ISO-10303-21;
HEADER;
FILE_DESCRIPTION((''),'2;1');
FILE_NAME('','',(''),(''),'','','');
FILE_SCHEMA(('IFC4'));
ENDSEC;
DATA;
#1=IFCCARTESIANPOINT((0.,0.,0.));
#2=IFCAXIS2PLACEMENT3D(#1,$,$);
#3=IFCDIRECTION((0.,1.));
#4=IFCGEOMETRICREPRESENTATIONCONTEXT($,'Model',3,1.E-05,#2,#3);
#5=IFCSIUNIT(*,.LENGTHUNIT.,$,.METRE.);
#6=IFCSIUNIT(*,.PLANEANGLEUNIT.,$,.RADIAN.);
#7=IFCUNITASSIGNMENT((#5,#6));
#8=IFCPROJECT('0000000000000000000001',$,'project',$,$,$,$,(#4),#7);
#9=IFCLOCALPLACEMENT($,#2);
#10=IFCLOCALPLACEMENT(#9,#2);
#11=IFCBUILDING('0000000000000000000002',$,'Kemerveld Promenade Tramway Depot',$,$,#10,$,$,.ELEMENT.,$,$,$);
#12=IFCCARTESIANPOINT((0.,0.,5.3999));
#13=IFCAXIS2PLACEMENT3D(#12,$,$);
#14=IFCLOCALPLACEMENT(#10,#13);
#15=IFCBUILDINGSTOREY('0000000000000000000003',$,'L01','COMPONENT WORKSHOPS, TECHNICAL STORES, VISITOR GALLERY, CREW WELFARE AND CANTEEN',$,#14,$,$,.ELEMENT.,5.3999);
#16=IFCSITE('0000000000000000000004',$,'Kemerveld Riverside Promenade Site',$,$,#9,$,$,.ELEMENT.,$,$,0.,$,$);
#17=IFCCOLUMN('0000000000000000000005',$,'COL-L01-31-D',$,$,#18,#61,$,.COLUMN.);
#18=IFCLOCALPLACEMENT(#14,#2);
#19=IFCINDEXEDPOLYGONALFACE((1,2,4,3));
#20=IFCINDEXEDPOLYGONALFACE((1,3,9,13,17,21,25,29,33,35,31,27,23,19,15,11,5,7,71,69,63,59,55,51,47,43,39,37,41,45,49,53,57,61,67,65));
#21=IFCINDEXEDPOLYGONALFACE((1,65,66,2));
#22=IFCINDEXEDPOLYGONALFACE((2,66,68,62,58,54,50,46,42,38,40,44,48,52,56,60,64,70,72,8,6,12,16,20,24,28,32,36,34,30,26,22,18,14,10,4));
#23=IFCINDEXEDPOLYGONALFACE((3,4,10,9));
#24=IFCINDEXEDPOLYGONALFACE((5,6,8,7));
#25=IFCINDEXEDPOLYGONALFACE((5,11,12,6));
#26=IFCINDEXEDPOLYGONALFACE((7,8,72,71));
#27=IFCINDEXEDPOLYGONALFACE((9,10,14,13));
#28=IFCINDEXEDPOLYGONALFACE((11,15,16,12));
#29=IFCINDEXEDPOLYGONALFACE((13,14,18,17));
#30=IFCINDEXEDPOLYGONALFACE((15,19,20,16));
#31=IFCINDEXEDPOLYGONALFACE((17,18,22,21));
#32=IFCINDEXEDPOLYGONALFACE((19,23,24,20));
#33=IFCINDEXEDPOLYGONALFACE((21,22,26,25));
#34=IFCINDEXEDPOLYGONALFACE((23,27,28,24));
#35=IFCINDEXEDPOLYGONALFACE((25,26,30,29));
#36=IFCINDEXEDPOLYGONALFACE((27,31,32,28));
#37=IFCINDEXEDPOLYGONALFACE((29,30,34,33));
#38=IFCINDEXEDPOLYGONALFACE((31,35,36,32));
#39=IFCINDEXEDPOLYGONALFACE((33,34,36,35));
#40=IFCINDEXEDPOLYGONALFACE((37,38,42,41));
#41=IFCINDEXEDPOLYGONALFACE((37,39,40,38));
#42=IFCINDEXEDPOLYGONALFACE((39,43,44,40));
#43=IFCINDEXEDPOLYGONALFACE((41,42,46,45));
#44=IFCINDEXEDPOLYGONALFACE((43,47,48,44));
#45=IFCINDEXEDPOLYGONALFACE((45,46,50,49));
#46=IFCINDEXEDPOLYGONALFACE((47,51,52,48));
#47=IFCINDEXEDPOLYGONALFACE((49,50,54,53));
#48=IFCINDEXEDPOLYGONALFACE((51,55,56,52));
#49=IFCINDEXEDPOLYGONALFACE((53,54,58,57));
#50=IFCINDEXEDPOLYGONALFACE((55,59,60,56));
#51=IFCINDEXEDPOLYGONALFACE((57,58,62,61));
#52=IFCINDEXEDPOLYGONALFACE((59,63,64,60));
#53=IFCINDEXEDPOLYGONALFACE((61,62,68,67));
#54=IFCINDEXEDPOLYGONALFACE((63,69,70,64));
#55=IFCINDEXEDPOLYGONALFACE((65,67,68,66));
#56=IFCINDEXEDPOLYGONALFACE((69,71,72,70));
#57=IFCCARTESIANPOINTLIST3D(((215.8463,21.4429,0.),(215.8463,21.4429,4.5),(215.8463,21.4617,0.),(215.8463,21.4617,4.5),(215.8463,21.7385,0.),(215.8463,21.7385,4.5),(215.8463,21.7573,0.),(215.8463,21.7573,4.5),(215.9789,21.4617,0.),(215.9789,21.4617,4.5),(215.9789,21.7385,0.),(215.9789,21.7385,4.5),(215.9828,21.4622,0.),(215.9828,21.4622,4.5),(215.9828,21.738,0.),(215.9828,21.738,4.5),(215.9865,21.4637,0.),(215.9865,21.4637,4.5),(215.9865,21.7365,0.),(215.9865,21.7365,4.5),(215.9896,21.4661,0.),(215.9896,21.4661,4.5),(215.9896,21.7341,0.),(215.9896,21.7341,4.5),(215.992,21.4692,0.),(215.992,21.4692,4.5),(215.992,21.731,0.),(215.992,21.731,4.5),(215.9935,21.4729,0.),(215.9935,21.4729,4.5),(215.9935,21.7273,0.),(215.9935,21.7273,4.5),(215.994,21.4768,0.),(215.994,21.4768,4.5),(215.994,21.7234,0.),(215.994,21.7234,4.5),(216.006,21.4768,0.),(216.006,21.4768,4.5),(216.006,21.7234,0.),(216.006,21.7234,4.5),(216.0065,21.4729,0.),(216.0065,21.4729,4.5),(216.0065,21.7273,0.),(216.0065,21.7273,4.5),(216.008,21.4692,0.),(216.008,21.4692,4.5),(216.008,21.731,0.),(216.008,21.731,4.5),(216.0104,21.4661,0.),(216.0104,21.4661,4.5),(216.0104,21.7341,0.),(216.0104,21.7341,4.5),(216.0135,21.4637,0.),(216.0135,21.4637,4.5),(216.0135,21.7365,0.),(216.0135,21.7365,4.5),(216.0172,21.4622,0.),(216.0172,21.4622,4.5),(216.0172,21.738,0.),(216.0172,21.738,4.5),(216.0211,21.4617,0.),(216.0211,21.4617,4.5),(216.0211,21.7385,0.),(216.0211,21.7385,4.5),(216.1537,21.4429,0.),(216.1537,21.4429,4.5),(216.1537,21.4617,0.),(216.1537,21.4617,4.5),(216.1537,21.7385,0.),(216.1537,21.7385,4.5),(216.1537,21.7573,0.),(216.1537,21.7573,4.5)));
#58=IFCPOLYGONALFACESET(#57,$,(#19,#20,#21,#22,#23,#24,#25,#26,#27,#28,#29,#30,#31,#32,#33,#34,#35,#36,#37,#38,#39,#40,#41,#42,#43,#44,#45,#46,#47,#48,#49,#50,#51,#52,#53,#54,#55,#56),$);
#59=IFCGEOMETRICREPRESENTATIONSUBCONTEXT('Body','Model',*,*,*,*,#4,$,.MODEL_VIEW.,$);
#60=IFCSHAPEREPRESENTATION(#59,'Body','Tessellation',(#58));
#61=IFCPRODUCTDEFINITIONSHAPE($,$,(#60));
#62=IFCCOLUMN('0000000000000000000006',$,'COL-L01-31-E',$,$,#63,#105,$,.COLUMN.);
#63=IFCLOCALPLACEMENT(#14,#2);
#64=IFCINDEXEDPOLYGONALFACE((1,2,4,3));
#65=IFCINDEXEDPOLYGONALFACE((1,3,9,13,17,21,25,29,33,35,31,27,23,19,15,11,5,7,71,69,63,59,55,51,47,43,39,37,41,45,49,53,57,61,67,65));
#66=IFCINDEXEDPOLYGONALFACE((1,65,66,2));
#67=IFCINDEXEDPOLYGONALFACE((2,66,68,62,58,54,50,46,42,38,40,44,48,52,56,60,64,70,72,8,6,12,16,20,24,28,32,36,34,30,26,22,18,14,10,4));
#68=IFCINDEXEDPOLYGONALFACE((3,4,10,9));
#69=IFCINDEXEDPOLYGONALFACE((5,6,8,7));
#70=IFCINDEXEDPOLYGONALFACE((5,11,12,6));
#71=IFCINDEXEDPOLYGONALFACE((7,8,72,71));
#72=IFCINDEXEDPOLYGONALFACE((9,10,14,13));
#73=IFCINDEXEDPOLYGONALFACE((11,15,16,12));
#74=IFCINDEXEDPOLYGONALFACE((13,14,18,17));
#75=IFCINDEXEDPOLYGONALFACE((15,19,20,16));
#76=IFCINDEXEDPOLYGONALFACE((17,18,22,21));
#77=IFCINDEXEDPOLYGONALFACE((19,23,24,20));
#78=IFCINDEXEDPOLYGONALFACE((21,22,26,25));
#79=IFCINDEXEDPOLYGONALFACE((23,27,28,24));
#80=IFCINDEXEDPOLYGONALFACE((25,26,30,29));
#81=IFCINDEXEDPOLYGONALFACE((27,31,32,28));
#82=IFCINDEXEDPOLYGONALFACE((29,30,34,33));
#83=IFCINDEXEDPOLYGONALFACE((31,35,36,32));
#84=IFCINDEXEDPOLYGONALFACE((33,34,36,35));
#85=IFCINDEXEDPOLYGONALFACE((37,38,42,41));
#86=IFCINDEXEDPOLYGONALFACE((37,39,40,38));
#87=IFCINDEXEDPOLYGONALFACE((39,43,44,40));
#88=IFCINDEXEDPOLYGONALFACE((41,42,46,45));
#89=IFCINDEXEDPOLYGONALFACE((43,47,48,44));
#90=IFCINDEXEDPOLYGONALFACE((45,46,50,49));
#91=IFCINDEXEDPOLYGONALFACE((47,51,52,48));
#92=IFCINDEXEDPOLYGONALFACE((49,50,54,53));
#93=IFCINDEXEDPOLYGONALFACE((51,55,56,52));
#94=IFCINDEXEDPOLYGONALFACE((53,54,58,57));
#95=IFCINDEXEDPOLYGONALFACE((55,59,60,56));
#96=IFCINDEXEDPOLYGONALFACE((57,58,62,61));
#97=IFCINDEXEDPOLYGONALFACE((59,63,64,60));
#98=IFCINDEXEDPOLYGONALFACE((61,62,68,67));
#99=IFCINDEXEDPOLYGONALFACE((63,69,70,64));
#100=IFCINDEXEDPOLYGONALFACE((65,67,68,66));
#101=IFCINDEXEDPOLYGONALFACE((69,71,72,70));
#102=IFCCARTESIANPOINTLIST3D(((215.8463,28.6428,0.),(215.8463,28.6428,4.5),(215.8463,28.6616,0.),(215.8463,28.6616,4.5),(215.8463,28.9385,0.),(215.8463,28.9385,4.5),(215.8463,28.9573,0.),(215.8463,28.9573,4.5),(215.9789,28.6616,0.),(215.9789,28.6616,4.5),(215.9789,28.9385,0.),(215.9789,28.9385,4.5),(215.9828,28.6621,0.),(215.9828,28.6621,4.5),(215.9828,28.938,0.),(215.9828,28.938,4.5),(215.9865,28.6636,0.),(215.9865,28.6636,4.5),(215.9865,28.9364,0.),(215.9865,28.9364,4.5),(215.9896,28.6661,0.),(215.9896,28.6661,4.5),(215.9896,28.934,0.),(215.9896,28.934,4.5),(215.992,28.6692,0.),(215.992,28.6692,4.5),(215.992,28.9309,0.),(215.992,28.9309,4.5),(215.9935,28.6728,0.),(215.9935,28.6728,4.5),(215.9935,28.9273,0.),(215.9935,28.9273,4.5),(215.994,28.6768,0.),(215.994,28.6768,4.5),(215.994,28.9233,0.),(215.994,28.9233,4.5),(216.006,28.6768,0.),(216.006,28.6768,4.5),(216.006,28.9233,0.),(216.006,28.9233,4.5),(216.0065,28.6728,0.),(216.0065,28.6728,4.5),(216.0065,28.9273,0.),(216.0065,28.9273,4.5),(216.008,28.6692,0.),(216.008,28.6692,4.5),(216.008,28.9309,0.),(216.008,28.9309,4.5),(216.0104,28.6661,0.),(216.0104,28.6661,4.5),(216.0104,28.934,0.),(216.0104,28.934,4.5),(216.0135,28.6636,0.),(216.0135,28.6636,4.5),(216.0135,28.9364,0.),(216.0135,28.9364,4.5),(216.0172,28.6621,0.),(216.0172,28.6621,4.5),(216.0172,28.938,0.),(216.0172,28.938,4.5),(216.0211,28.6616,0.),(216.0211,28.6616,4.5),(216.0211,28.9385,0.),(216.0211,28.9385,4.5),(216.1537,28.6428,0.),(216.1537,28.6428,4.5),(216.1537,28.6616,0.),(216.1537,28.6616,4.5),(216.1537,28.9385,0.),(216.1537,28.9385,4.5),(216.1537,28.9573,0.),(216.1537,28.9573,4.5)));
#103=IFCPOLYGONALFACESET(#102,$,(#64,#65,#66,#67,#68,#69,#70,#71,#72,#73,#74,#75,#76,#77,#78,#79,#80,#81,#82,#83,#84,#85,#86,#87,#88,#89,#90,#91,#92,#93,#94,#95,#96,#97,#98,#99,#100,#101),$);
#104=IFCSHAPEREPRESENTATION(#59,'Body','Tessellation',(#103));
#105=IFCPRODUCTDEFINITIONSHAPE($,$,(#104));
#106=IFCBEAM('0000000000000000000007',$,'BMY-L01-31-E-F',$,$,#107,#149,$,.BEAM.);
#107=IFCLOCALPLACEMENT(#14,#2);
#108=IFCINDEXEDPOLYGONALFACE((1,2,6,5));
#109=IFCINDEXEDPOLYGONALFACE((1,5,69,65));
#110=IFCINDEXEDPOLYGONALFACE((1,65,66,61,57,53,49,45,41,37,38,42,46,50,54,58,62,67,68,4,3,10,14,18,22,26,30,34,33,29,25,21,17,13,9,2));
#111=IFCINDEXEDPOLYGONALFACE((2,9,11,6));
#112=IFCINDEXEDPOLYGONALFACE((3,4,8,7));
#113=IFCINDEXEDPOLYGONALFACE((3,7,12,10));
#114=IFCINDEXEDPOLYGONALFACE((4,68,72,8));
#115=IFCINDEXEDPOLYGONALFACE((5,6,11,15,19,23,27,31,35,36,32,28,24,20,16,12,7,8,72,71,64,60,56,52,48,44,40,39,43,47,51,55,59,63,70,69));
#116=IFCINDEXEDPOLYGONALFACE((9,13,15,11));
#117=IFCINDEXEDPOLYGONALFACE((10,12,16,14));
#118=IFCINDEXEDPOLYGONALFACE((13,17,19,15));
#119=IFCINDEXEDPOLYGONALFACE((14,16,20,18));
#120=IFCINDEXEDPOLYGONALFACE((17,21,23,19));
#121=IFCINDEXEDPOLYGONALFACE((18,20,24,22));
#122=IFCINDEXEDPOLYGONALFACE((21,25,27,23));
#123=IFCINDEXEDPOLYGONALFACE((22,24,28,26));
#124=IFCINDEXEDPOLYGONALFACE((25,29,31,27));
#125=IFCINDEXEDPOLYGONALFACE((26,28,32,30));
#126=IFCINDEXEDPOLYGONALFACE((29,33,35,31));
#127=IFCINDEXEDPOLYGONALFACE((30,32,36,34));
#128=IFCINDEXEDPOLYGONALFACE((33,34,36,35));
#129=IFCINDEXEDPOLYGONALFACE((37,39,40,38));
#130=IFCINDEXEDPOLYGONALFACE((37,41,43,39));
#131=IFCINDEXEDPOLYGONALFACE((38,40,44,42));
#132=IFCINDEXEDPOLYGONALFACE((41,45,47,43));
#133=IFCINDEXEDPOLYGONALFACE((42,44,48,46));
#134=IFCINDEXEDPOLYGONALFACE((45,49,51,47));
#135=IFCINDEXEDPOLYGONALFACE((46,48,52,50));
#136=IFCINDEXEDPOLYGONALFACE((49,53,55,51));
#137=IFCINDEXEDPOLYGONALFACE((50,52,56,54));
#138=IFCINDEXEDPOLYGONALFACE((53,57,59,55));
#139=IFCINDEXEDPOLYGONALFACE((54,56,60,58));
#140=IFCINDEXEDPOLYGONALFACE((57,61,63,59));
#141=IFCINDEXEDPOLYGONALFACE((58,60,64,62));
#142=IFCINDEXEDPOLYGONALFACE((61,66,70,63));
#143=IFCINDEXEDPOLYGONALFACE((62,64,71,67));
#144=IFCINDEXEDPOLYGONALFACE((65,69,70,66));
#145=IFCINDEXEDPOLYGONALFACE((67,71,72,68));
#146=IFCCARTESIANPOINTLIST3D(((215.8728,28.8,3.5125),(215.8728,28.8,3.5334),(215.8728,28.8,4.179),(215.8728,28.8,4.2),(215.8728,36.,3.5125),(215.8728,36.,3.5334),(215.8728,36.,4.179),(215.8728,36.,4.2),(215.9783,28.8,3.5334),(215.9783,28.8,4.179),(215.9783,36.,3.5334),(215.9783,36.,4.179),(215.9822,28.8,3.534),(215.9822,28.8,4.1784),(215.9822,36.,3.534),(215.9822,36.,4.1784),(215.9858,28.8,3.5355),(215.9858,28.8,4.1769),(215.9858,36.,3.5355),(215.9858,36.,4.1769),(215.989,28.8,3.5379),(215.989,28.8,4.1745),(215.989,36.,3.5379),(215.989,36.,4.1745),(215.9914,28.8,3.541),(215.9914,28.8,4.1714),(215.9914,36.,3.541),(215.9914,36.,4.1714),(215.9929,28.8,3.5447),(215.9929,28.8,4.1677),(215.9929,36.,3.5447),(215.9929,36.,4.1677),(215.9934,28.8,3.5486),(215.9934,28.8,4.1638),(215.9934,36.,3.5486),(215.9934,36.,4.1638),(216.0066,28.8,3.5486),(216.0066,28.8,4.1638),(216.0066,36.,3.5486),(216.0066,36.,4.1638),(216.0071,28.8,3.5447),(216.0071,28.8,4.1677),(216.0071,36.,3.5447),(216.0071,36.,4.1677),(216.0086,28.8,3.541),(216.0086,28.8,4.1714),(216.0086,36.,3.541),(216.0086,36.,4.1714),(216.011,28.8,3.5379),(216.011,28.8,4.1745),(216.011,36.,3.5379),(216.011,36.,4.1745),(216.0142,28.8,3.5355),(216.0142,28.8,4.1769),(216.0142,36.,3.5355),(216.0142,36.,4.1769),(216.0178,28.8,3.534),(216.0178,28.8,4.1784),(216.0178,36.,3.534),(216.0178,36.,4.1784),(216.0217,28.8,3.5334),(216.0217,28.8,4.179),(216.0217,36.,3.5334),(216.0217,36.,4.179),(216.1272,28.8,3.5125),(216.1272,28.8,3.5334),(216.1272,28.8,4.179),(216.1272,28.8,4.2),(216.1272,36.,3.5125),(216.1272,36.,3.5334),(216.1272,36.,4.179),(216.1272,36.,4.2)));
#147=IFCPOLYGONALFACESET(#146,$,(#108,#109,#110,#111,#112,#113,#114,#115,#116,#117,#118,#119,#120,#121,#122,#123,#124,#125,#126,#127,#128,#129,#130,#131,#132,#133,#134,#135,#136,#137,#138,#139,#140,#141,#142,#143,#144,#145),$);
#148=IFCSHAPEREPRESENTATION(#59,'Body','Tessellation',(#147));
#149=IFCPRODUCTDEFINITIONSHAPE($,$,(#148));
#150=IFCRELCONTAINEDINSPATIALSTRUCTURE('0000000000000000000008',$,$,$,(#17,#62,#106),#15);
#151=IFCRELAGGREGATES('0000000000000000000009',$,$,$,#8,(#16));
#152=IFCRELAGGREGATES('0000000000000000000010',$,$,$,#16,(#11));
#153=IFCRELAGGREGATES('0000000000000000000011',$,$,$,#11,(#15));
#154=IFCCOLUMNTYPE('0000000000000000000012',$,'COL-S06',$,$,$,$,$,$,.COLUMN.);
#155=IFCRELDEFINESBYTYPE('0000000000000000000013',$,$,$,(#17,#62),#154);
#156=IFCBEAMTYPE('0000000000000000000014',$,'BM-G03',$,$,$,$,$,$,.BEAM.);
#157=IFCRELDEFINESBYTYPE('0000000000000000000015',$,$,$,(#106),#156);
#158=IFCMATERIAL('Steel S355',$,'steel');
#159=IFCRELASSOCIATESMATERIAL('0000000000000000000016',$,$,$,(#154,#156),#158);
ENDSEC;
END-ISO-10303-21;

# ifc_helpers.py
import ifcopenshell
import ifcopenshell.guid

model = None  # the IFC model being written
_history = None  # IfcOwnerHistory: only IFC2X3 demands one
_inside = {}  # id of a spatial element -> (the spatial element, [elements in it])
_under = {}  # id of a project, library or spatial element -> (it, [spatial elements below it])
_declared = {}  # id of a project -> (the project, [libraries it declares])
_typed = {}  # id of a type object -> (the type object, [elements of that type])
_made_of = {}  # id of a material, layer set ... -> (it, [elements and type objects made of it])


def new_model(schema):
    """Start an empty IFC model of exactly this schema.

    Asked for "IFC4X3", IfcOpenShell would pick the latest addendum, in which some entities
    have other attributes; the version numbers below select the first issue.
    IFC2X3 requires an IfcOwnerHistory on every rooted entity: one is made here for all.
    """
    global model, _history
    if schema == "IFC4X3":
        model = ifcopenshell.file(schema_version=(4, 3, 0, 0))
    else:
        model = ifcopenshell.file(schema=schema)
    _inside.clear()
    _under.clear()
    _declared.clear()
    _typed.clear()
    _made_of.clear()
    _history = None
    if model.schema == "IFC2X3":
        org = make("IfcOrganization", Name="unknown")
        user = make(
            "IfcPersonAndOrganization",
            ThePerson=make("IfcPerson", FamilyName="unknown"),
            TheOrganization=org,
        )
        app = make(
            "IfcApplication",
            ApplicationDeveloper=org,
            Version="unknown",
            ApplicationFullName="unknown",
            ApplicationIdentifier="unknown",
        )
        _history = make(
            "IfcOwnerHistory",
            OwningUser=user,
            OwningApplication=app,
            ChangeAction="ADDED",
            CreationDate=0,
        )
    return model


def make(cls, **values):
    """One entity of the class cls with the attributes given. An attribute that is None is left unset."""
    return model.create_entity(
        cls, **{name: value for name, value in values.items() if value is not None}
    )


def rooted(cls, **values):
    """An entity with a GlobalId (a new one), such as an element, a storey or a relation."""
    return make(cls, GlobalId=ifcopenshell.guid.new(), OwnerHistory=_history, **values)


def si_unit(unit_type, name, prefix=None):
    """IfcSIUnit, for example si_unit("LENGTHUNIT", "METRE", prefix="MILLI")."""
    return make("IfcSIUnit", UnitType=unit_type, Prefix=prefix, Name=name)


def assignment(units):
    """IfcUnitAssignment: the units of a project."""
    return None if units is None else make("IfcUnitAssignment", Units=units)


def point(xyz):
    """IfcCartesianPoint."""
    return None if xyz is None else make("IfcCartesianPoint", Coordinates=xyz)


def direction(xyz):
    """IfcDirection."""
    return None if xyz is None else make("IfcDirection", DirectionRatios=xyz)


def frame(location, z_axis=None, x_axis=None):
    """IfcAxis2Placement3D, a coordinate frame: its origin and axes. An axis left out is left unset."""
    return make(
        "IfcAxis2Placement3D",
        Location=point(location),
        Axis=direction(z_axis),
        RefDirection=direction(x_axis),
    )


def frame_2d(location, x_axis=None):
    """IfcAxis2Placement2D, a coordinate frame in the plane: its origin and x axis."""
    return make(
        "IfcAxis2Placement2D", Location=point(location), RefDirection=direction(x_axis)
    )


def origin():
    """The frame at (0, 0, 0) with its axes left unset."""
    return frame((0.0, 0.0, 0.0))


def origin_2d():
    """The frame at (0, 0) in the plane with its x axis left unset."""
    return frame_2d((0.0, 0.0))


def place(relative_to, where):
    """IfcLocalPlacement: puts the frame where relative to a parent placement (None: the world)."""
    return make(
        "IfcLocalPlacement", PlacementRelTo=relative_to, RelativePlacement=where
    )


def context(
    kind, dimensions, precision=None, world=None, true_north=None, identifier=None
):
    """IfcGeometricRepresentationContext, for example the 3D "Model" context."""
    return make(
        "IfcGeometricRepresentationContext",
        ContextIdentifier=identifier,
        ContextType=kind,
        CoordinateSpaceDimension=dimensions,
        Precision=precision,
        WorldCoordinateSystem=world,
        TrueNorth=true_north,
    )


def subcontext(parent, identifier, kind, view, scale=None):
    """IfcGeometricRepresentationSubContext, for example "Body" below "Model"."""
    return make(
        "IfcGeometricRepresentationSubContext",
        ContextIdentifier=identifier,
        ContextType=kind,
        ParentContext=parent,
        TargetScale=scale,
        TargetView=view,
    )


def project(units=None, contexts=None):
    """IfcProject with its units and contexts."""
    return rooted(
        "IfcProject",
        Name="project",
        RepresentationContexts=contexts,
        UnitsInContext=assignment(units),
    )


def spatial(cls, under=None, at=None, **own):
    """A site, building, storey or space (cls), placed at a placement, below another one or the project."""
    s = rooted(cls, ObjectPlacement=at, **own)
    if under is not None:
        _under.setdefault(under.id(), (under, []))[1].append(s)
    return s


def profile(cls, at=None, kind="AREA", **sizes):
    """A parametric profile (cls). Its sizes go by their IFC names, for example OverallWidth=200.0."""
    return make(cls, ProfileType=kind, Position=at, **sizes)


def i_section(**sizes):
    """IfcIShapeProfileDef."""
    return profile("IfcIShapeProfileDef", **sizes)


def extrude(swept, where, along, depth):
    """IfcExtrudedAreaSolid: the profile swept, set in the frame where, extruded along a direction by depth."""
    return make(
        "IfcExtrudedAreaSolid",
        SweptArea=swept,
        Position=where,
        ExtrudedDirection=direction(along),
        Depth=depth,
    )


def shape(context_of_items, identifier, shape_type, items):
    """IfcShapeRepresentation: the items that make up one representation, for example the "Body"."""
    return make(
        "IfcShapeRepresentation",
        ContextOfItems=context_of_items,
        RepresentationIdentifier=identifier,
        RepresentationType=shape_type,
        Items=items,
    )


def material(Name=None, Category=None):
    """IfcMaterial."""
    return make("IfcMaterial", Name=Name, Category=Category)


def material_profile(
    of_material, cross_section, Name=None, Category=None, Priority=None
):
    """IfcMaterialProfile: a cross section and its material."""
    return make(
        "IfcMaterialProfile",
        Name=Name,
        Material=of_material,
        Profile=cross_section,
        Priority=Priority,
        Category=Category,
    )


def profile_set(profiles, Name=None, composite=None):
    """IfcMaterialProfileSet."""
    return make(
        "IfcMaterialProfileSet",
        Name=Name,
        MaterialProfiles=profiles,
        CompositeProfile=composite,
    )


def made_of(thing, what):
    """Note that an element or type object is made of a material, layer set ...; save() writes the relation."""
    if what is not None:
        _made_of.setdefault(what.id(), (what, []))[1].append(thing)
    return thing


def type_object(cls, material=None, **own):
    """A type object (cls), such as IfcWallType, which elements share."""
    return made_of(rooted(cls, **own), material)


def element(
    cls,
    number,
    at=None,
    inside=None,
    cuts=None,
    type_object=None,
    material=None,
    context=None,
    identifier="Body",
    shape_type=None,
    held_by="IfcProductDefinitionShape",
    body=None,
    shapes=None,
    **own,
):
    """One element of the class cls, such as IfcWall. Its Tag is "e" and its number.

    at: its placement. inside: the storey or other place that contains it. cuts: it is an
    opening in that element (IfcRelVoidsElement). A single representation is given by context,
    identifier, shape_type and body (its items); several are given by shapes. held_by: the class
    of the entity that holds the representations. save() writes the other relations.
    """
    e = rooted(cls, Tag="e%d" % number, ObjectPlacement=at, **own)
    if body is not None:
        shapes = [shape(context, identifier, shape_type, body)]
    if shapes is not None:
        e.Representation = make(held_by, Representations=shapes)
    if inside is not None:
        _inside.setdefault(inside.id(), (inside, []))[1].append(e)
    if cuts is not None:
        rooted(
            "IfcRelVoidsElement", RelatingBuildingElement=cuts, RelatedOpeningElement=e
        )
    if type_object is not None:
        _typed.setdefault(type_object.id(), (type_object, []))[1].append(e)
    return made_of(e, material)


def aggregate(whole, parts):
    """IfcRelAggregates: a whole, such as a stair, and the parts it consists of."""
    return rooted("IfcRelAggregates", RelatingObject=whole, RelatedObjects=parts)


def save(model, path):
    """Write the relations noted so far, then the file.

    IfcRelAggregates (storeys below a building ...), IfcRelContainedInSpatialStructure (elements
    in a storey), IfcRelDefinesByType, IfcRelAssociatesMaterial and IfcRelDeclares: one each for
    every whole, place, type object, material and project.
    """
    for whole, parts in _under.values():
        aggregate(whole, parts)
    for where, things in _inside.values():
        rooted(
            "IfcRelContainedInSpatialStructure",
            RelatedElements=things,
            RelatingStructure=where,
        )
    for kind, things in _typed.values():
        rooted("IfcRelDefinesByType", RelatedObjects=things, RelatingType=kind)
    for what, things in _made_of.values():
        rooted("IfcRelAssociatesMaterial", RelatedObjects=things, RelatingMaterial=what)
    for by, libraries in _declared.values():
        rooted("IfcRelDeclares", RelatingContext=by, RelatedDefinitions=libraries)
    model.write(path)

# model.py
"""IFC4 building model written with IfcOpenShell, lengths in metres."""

from ifc_helpers import new_model, si_unit, direction, frame, origin, origin_2d, place, context, subcontext, project, spatial, i_section, extrude, material, material_profile, profile_set, type_object, element, save


model = new_model("IFC4")

# Units and contexts
model_context = context("Model", 3, precision=1e-05, world=origin(), true_north=direction((0.0, 1.0)))
body_context = subcontext(model_context, "Body", "Model", "MODEL_VIEW")
ifc_project = project(units=[si_unit("LENGTHUNIT", "METRE"), si_unit("PLANEANGLEUNIT", "RADIAN")], contexts=[model_context])

# Site, building, storey
site_placement = place(None, origin())
site = spatial("IfcSite", under=ifc_project, at=site_placement, Name="Kemerveld Riverside Promenade Site", CompositionType="ELEMENT", RefElevation=0.0)
building_placement = place(site_placement, origin())
building = spatial("IfcBuilding", under=site, at=building_placement, Name="Kemerveld Promenade Tramway Depot", CompositionType="ELEMENT")
storey_placement = place(building_placement, frame((0.0, 0.0, 5.3999)))
storey = spatial("IfcBuildingStorey", under=building, at=storey_placement, Name="L01", Description="COMPONENT WORKSHOPS, TECHNICAL STORES, VISITOR GALLERY, CREW WELFARE AND CANTEEN", CompositionType="ELEMENT", Elevation=5.3999)

# Columns
ifc_material_1 = material(Name="Steel S355", Category="steel")
ifc_material_profile_1 = material_profile(ifc_material_1, i_section(OverallWidth=0.3074, OverallDepth=0.3145, WebThickness=0.012, FlangeThickness=0.0188, FilletRadius=0.0151, at=origin_2d()), Name="305x305x118 UC")
ifc_profile_set_1 = profile_set([ifc_material_profile_1], Name="Steel S355")
column_type = type_object("IfcColumnType", Name="COL-S06", PredefinedType="COLUMN", material=ifc_profile_set_1)
for number, where, z_axis, x_axis, name in (
    (1, (216.0, 21.6001, 0.0), (0.0, 0.0, 1.0), (1.0, 0.0, 0.0), "COL-L01-31-D"),
    (2, (216.0, 28.8, 0.0), (0.0, 0.0, 1.0), (1.0, 0.0, 0.0), "COL-L01-31-E"),
):
    element("IfcColumn", number, at=place(storey_placement, frame(where, z_axis=z_axis, x_axis=x_axis)), inside=storey, type_object=column_type, Name=name, PredefinedType="COLUMN", context=body_context, shape_type="SweptSolid", body=[
        extrude(i_section(OverallWidth=0.3074, OverallDepth=0.3145, WebThickness=0.012, FlangeThickness=0.0188, FilletRadius=0.0151, at=origin_2d()), origin(), (0.0, 0.0, 1.0), 4.5),
    ])

# Beam
ifc_material_profile_2 = material_profile(ifc_material_1, i_section(OverallWidth=0.2544, OverallDepth=0.6875, WebThickness=0.0132, FlangeThickness=0.021, FilletRadius=0.0151, at=origin_2d()), Name="686x254x152 UB")
ifc_profile_set_2 = profile_set([ifc_material_profile_2], Name="Steel S355")
beam_type_1 = type_object("IfcBeamType", Name="BM-G03", PredefinedType="BEAM", material=ifc_profile_set_2)
beam_1_placement = place(storey_placement, frame((216.0, 28.8, 3.8562), z_axis=(0.0, 1.0, 0.0), x_axis=(-1.0, 0.0, 0.0)))
element("IfcBeam", 3, at=beam_1_placement, inside=storey, type_object=beam_type_1, Name="BMY-L01-31-E-F", PredefinedType="BEAM", context=body_context, shape_type="SweptSolid", body=[
    extrude(i_section(OverallWidth=0.2544, OverallDepth=0.6875, WebThickness=0.0132, FlangeThickness=0.021, FilletRadius=0.0151, at=origin_2d()), origin(), (0.0, 0.0, 1.0), 7.2),
])

save(model, "model.ifc")
